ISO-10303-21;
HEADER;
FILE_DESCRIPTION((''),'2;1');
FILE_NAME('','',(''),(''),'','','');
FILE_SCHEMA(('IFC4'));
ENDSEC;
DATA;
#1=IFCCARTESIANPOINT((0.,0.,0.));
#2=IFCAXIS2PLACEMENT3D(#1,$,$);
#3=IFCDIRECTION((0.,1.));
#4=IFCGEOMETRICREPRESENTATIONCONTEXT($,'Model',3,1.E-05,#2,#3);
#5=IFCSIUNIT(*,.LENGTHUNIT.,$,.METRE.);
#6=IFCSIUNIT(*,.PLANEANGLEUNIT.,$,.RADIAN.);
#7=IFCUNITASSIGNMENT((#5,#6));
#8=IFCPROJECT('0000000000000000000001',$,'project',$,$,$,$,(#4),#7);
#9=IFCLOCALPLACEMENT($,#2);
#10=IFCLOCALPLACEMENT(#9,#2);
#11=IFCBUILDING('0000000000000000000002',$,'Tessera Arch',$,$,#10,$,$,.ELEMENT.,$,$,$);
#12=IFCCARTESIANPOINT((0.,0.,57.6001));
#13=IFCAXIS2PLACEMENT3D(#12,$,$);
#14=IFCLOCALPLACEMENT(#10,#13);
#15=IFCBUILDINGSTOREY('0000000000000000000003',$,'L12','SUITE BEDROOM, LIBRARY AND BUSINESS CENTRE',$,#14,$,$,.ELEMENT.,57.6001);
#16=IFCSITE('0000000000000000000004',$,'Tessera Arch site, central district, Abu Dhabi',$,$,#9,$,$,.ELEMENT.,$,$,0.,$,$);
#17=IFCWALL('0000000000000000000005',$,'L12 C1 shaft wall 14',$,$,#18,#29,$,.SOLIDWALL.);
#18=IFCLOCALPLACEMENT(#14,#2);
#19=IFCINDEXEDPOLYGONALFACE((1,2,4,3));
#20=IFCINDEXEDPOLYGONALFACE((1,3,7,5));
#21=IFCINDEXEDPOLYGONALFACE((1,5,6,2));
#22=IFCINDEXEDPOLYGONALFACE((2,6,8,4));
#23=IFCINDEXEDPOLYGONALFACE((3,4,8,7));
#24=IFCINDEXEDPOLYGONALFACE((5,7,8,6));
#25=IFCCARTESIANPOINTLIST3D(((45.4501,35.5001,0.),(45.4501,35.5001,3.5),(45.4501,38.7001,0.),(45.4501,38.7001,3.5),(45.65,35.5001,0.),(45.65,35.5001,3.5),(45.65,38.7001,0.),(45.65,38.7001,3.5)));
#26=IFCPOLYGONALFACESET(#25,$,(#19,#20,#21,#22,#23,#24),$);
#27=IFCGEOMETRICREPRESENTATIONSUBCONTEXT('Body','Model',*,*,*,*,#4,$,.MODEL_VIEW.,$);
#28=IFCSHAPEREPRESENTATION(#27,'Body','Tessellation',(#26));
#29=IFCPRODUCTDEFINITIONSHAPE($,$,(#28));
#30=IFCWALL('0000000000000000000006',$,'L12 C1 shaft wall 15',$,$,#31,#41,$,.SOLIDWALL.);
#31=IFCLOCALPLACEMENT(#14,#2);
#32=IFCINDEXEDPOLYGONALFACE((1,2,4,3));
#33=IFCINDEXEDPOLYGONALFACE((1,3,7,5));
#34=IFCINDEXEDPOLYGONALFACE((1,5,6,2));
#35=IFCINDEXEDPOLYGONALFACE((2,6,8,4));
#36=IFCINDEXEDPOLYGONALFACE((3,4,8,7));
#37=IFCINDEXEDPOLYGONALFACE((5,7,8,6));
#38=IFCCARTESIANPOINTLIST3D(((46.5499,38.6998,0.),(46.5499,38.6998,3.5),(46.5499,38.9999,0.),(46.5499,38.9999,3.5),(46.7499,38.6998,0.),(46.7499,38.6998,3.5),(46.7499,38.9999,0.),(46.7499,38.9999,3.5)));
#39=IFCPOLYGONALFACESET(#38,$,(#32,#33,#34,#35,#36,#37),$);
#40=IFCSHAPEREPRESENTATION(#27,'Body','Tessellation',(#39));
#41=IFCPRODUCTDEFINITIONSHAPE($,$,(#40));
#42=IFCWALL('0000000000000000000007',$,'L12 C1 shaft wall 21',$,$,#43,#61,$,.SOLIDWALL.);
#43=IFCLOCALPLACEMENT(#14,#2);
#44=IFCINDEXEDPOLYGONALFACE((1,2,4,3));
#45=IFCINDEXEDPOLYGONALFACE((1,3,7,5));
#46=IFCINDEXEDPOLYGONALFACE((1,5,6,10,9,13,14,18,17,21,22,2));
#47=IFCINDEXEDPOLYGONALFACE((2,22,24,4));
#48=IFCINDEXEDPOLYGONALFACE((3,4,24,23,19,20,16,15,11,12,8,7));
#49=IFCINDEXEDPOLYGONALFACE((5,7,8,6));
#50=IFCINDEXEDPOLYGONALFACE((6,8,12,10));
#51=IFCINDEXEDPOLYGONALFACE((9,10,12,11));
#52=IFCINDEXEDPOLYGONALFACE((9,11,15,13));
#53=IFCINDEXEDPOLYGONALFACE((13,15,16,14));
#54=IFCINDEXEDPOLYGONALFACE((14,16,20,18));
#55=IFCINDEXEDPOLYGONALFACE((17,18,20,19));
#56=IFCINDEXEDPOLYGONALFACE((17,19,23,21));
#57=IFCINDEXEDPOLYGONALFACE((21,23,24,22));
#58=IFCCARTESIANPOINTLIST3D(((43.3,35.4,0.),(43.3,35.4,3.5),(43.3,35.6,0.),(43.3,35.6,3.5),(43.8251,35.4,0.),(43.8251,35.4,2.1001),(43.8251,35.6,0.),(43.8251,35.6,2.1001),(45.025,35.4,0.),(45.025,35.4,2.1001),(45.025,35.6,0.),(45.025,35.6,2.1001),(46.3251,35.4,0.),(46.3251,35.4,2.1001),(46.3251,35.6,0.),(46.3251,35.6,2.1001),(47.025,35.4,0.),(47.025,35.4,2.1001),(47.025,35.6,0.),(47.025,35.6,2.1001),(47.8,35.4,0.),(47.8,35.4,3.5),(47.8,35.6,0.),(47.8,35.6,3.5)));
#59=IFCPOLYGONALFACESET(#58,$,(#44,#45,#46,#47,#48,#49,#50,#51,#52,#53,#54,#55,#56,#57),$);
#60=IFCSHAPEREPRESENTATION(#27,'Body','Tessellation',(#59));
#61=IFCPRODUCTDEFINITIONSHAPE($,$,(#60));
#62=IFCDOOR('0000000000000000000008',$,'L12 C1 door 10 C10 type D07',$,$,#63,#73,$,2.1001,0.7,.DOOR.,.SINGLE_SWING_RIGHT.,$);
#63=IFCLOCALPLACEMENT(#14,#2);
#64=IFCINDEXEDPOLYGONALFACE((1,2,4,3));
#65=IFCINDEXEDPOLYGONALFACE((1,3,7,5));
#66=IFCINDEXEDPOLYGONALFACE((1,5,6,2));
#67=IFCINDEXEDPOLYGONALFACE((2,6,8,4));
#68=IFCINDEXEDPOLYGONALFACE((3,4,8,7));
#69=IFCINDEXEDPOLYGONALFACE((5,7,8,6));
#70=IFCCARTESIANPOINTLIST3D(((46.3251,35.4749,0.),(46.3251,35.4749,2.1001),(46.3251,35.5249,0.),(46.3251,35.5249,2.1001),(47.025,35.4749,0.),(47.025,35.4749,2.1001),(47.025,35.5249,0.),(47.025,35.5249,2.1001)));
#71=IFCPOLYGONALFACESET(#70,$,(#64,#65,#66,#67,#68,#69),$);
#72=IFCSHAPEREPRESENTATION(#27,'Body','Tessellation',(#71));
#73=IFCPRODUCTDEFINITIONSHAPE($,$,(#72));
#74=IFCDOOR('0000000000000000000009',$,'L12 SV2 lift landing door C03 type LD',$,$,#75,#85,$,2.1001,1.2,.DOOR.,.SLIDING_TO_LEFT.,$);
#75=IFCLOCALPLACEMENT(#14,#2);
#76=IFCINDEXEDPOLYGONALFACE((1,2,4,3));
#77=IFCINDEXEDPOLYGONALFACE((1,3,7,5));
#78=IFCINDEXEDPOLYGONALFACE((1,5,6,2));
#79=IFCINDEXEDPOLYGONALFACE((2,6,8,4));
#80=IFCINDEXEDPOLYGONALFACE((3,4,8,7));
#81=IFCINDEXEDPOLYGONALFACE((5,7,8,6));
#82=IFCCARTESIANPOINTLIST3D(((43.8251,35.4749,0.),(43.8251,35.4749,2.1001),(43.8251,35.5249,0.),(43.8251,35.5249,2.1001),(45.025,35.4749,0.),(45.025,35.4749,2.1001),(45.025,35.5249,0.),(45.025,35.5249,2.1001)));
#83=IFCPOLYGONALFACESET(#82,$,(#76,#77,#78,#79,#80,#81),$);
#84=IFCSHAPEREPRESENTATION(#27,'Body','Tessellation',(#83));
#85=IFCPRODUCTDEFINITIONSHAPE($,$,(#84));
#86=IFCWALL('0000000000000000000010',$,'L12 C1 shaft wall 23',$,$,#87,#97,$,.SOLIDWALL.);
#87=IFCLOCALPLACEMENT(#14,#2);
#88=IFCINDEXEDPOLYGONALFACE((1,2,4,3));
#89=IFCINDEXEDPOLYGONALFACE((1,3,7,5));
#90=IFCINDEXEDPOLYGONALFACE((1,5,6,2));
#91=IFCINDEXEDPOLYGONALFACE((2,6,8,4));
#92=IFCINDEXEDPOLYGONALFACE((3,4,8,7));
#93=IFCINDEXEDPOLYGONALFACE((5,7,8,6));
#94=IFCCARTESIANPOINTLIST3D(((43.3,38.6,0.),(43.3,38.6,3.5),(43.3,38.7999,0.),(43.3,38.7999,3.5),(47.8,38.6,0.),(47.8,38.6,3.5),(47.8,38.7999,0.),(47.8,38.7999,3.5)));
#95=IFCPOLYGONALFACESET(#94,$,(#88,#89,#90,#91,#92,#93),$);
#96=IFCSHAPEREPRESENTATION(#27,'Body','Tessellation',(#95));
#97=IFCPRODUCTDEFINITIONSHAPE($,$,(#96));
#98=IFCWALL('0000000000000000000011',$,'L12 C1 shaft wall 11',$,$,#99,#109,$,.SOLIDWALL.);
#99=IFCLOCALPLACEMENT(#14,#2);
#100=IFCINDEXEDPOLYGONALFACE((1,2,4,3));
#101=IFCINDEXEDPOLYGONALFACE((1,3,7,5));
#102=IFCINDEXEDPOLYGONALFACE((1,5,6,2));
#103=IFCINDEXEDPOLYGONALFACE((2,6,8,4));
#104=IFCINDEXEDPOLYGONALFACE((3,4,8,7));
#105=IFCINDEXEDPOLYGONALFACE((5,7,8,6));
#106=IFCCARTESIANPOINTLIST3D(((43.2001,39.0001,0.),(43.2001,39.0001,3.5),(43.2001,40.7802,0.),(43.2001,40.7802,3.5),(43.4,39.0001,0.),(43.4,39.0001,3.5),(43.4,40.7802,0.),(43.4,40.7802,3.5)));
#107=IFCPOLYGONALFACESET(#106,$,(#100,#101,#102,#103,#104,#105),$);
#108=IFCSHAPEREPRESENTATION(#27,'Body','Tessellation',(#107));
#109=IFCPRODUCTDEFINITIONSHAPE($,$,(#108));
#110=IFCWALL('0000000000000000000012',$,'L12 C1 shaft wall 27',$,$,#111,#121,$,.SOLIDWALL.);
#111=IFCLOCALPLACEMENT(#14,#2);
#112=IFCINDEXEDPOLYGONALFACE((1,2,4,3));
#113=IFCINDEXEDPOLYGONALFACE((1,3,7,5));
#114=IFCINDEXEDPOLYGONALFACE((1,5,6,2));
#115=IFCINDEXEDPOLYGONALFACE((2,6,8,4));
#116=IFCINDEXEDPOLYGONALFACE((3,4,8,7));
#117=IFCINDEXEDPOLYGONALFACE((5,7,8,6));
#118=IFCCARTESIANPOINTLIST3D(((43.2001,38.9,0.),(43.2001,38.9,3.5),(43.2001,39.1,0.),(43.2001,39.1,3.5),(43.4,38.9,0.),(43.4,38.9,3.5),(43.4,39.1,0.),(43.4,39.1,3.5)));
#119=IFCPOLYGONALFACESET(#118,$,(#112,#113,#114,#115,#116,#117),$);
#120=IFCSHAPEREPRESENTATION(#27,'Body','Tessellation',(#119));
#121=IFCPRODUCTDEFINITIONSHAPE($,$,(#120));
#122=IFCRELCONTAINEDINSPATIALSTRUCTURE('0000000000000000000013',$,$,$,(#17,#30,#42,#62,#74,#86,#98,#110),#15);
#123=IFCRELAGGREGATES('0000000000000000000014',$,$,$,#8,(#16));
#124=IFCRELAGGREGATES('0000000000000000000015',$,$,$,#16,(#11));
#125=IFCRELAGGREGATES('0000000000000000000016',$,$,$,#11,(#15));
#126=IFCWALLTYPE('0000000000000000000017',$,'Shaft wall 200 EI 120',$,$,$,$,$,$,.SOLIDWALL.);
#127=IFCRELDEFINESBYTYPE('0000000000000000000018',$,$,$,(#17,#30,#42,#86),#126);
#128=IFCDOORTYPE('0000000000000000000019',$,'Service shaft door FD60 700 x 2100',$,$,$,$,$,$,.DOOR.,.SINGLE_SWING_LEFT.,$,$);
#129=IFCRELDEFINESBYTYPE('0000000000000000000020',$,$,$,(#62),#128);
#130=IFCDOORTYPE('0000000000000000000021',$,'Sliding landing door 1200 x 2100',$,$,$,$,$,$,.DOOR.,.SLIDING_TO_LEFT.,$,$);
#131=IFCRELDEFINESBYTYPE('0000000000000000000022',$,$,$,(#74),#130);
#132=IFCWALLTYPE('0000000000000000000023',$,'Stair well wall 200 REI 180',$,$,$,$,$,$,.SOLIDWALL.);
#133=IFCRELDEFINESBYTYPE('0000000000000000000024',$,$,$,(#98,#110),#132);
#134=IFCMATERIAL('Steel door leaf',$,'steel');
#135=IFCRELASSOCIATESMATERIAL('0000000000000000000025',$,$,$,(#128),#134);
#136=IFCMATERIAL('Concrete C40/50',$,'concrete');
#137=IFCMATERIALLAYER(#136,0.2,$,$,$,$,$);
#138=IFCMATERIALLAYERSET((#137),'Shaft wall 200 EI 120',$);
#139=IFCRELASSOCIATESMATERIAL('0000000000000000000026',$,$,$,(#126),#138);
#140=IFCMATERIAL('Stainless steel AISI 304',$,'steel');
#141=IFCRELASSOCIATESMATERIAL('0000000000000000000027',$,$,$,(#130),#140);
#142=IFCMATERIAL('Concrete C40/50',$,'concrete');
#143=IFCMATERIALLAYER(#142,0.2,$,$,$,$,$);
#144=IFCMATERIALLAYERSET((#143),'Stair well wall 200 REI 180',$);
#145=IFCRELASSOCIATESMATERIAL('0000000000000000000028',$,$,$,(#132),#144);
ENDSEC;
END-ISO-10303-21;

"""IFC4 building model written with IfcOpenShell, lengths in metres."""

from ifc_helpers import new_model, si_unit, direction, frame, frame_2d, origin, place, context, subcontext, project, spatial, rectangle, extrude, material, layer, layer_set, type_object, element, fill, save


model = new_model("IFC4")

# Units and contexts
model_context = context("Model", 3, precision=1e-05, world=origin(), true_north=direction((0.0, 1.0)))
body_context = subcontext(model_context, "Body", "Model", "MODEL_VIEW")
ifc_project = project(units=[si_unit("LENGTHUNIT", "METRE"), si_unit("PLANEANGLEUNIT", "RADIAN")], contexts=[model_context])

# Site, building, storey
site_placement = place(None, origin())
site = spatial("IfcSite", under=ifc_project, at=site_placement, Name="Tessera Arch site, central district, Abu Dhabi", CompositionType="ELEMENT", RefElevation=0.0)
building_placement = place(site_placement, origin())
building = spatial("IfcBuilding", under=site, at=building_placement, Name="Tessera Arch", CompositionType="ELEMENT")
storey_placement = place(building_placement, frame((0.0, 0.0, 57.6001)))
storey = spatial("IfcBuildingStorey", under=building, at=storey_placement, Name="L12", Description="SUITE BEDROOM, LIBRARY AND BUSINESS CENTRE", CompositionType="ELEMENT", Elevation=57.6001)

# Shared definitions
ifc_material_1 = material(Name="Steel door leaf", Category="steel")
door_type_1 = type_object("IfcDoorType", Name="Service shaft door FD60 700 x 2100", OperationType="SINGLE_SWING_LEFT", PredefinedType="DOOR", material=ifc_material_1)

# Walls
ifc_material_2 = material(Name="Concrete C40/50", Category="concrete")
ifc_layer_1 = layer(ifc_material_2, 0.2)
ifc_layer_set_1 = layer_set([ifc_layer_1], Name="Shaft wall 200 EI 120")
wall_type_1 = type_object("IfcWallType", Name="Shaft wall 200 EI 120", PredefinedType="SOLIDWALL", material=ifc_layer_set_1)
wall_1_placement = place(storey_placement, frame((45.55, 35.5, 0.0), z_axis=(0.0, 0.0, 1.0), x_axis=(0.0, 1.0, 0.0)))
element("IfcWall", 1, at=wall_1_placement, inside=storey, type_object=wall_type_1, Name="L12 C1 shaft wall 14", PredefinedType="SOLIDWALL", context=body_context, shape_type="SweptSolid", body=[
    extrude(rectangle(XDim=3.2, YDim=0.2, at=frame_2d((1.6001, 0.0))), origin(), (0.0, 0.0, 1.0), 3.5),
])
wall_2_placement = place(storey_placement, frame((46.6499, 38.7, 0.0), z_axis=(0.0, 0.0, 1.0), x_axis=(0.0, 1.0, 0.0)))
element("IfcWall", 2, at=wall_2_placement, inside=storey, type_object=wall_type_1, Name="L12 C1 shaft wall 15", PredefinedType="SOLIDWALL", context=body_context, shape_type="SweptSolid", body=[
    extrude(rectangle(XDim=0.3, YDim=0.2, at=frame_2d((0.1499, 0.0))), origin(), (0.0, 0.0, 1.0), 3.5),
])

# Wall, openings, doors
wall_3_placement = place(storey_placement, frame((43.3, 35.5, 0.0), z_axis=(0.0, 0.0, 1.0), x_axis=(1.0, 0.0, 0.0)))
wall_3 = element("IfcWall", 3, at=wall_3_placement, inside=storey, type_object=wall_type_1, Name="L12 C1 shaft wall 21", PredefinedType="SOLIDWALL", context=body_context, shape_type="SweptSolid", body=[
    extrude(rectangle(XDim=4.5, YDim=0.2, at=frame_2d((2.25, 0.0))), origin(), (0.0, 0.0, 1.0), 3.5),
])
opening_1_placement = place(wall_3_placement, frame((0.5249, 0.0, 0.0)))
opening_1 = element("IfcOpeningElement", 4, at=opening_1_placement, cuts=wall_3, PredefinedType="OPENING", context=body_context, shape_type="SweptSolid", body=[
    extrude(rectangle(XDim=1.2, YDim=2.1001, at=frame_2d((0.6001, 1.05))), frame((0.0, 0.1099, 0.0), z_axis=(0.0, -1.0, 0.0), x_axis=(1.0, 0.0, 0.0)), (0.0, 0.0, 1.0), 0.22),
])
opening_2_placement = place(wall_3_placement, frame((3.0249, 0.0, 0.0)))
opening_2 = element("IfcOpeningElement", 5, at=opening_2_placement, cuts=wall_3, PredefinedType="OPENING", context=body_context, shape_type="SweptSolid", body=[
    extrude(rectangle(XDim=0.7, YDim=2.1001, at=frame_2d((0.3501, 1.05))), frame((0.0, 0.1099, 0.0), z_axis=(0.0, -1.0, 0.0), x_axis=(1.0, 0.0, 0.0)), (0.0, 0.0, 1.0), 0.22),
])
door_1_placement = place(opening_2_placement, origin())
door_1 = element("IfcDoor", 6, at=door_1_placement, inside=storey, type_object=door_type_1, Name="L12 C1 door 10 C10 type D07", OperationType="SINGLE_SWING_RIGHT", OverallHeight=2.1001, OverallWidth=0.7, PredefinedType="DOOR", context=body_context, shape_type="SweptSolid", body=[
    extrude(rectangle(XDim=0.7, YDim=2.1001, at=frame_2d((0.3501, 1.05))), frame((0.0, 0.0249, 0.0), z_axis=(0.0, -1.0, 0.0), x_axis=(1.0, 0.0, 0.0)), (0.0, 0.0, 1.0), 0.05),
])
fill(opening_2, door_1)
ifc_material_3 = material(Name="Stainless steel AISI 304", Category="steel")
door_type_2 = type_object("IfcDoorType", Name="Sliding landing door 1200 x 2100", OperationType="SLIDING_TO_LEFT", PredefinedType="DOOR", material=ifc_material_3)
door_2_placement = place(opening_1_placement, origin())
door_2 = element("IfcDoor", 7, at=door_2_placement, inside=storey, type_object=door_type_2, Name="L12 SV2 lift landing door C03 type LD", OperationType="SLIDING_TO_LEFT", OverallHeight=2.1001, OverallWidth=1.2, PredefinedType="DOOR", context=body_context, shape_type="SweptSolid", body=[
    extrude(rectangle(XDim=1.2, YDim=2.1001, at=frame_2d((0.6001, 1.05))), frame((0.0, 0.0249, 0.0), z_axis=(0.0, -1.0, 0.0), x_axis=(1.0, 0.0, 0.0)), (0.0, 0.0, 1.0), 0.05),
])
fill(opening_1, door_2)

# Walls
wall_4_placement = place(storey_placement, frame((43.3, 38.7, 0.0), z_axis=(0.0, 0.0, 1.0), x_axis=(1.0, 0.0, 0.0)))
element("IfcWall", 8, at=wall_4_placement, inside=storey, type_object=wall_type_1, Name="L12 C1 shaft wall 23", PredefinedType="SOLIDWALL", context=body_context, shape_type="SweptSolid", body=[
    extrude(rectangle(XDim=4.5, YDim=0.2, at=frame_2d((2.25, 0.0))), origin(), (0.0, 0.0, 1.0), 3.5),
])
ifc_material_4 = material(Name="Concrete C40/50", Category="concrete")
ifc_layer_2 = layer(ifc_material_4, 0.2)
ifc_layer_set_2 = layer_set([ifc_layer_2], Name="Stair well wall 200 REI 180")
wall_type_2 = type_object("IfcWallType", Name="Stair well wall 200 REI 180", PredefinedType="SOLIDWALL", material=ifc_layer_set_2)
wall_5_placement = place(storey_placement, frame((43.3, 39.0, 0.0), z_axis=(0.0, 0.0, 1.0), x_axis=(0.0, 1.0, 0.0)))
element("IfcWall", 9, at=wall_5_placement, inside=storey, type_object=wall_type_2, Name="L12 C1 shaft wall 11", PredefinedType="SOLIDWALL", context=body_context, shape_type="SweptSolid", body=[
    extrude(rectangle(XDim=1.78, YDim=0.2, at=frame_2d((0.8901, 0.0))), origin(), (0.0, 0.0, 1.0), 3.5),
])
wall_6_placement = place(storey_placement, frame((43.2, 39.0, 0.0), z_axis=(0.0, 0.0, 1.0), x_axis=(1.0, 0.0, 0.0)))
element("IfcWall", 10, at=wall_6_placement, inside=storey, type_object=wall_type_2, Name="L12 C1 shaft wall 27", PredefinedType="SOLIDWALL", context=body_context, shape_type="SweptSolid", body=[
    extrude(rectangle(XDim=0.2, YDim=0.2, at=frame_2d((0.1001, 0.0))), origin(), (0.0, 0.0, 1.0), 3.5),
])

save(model, "model.ifc")
